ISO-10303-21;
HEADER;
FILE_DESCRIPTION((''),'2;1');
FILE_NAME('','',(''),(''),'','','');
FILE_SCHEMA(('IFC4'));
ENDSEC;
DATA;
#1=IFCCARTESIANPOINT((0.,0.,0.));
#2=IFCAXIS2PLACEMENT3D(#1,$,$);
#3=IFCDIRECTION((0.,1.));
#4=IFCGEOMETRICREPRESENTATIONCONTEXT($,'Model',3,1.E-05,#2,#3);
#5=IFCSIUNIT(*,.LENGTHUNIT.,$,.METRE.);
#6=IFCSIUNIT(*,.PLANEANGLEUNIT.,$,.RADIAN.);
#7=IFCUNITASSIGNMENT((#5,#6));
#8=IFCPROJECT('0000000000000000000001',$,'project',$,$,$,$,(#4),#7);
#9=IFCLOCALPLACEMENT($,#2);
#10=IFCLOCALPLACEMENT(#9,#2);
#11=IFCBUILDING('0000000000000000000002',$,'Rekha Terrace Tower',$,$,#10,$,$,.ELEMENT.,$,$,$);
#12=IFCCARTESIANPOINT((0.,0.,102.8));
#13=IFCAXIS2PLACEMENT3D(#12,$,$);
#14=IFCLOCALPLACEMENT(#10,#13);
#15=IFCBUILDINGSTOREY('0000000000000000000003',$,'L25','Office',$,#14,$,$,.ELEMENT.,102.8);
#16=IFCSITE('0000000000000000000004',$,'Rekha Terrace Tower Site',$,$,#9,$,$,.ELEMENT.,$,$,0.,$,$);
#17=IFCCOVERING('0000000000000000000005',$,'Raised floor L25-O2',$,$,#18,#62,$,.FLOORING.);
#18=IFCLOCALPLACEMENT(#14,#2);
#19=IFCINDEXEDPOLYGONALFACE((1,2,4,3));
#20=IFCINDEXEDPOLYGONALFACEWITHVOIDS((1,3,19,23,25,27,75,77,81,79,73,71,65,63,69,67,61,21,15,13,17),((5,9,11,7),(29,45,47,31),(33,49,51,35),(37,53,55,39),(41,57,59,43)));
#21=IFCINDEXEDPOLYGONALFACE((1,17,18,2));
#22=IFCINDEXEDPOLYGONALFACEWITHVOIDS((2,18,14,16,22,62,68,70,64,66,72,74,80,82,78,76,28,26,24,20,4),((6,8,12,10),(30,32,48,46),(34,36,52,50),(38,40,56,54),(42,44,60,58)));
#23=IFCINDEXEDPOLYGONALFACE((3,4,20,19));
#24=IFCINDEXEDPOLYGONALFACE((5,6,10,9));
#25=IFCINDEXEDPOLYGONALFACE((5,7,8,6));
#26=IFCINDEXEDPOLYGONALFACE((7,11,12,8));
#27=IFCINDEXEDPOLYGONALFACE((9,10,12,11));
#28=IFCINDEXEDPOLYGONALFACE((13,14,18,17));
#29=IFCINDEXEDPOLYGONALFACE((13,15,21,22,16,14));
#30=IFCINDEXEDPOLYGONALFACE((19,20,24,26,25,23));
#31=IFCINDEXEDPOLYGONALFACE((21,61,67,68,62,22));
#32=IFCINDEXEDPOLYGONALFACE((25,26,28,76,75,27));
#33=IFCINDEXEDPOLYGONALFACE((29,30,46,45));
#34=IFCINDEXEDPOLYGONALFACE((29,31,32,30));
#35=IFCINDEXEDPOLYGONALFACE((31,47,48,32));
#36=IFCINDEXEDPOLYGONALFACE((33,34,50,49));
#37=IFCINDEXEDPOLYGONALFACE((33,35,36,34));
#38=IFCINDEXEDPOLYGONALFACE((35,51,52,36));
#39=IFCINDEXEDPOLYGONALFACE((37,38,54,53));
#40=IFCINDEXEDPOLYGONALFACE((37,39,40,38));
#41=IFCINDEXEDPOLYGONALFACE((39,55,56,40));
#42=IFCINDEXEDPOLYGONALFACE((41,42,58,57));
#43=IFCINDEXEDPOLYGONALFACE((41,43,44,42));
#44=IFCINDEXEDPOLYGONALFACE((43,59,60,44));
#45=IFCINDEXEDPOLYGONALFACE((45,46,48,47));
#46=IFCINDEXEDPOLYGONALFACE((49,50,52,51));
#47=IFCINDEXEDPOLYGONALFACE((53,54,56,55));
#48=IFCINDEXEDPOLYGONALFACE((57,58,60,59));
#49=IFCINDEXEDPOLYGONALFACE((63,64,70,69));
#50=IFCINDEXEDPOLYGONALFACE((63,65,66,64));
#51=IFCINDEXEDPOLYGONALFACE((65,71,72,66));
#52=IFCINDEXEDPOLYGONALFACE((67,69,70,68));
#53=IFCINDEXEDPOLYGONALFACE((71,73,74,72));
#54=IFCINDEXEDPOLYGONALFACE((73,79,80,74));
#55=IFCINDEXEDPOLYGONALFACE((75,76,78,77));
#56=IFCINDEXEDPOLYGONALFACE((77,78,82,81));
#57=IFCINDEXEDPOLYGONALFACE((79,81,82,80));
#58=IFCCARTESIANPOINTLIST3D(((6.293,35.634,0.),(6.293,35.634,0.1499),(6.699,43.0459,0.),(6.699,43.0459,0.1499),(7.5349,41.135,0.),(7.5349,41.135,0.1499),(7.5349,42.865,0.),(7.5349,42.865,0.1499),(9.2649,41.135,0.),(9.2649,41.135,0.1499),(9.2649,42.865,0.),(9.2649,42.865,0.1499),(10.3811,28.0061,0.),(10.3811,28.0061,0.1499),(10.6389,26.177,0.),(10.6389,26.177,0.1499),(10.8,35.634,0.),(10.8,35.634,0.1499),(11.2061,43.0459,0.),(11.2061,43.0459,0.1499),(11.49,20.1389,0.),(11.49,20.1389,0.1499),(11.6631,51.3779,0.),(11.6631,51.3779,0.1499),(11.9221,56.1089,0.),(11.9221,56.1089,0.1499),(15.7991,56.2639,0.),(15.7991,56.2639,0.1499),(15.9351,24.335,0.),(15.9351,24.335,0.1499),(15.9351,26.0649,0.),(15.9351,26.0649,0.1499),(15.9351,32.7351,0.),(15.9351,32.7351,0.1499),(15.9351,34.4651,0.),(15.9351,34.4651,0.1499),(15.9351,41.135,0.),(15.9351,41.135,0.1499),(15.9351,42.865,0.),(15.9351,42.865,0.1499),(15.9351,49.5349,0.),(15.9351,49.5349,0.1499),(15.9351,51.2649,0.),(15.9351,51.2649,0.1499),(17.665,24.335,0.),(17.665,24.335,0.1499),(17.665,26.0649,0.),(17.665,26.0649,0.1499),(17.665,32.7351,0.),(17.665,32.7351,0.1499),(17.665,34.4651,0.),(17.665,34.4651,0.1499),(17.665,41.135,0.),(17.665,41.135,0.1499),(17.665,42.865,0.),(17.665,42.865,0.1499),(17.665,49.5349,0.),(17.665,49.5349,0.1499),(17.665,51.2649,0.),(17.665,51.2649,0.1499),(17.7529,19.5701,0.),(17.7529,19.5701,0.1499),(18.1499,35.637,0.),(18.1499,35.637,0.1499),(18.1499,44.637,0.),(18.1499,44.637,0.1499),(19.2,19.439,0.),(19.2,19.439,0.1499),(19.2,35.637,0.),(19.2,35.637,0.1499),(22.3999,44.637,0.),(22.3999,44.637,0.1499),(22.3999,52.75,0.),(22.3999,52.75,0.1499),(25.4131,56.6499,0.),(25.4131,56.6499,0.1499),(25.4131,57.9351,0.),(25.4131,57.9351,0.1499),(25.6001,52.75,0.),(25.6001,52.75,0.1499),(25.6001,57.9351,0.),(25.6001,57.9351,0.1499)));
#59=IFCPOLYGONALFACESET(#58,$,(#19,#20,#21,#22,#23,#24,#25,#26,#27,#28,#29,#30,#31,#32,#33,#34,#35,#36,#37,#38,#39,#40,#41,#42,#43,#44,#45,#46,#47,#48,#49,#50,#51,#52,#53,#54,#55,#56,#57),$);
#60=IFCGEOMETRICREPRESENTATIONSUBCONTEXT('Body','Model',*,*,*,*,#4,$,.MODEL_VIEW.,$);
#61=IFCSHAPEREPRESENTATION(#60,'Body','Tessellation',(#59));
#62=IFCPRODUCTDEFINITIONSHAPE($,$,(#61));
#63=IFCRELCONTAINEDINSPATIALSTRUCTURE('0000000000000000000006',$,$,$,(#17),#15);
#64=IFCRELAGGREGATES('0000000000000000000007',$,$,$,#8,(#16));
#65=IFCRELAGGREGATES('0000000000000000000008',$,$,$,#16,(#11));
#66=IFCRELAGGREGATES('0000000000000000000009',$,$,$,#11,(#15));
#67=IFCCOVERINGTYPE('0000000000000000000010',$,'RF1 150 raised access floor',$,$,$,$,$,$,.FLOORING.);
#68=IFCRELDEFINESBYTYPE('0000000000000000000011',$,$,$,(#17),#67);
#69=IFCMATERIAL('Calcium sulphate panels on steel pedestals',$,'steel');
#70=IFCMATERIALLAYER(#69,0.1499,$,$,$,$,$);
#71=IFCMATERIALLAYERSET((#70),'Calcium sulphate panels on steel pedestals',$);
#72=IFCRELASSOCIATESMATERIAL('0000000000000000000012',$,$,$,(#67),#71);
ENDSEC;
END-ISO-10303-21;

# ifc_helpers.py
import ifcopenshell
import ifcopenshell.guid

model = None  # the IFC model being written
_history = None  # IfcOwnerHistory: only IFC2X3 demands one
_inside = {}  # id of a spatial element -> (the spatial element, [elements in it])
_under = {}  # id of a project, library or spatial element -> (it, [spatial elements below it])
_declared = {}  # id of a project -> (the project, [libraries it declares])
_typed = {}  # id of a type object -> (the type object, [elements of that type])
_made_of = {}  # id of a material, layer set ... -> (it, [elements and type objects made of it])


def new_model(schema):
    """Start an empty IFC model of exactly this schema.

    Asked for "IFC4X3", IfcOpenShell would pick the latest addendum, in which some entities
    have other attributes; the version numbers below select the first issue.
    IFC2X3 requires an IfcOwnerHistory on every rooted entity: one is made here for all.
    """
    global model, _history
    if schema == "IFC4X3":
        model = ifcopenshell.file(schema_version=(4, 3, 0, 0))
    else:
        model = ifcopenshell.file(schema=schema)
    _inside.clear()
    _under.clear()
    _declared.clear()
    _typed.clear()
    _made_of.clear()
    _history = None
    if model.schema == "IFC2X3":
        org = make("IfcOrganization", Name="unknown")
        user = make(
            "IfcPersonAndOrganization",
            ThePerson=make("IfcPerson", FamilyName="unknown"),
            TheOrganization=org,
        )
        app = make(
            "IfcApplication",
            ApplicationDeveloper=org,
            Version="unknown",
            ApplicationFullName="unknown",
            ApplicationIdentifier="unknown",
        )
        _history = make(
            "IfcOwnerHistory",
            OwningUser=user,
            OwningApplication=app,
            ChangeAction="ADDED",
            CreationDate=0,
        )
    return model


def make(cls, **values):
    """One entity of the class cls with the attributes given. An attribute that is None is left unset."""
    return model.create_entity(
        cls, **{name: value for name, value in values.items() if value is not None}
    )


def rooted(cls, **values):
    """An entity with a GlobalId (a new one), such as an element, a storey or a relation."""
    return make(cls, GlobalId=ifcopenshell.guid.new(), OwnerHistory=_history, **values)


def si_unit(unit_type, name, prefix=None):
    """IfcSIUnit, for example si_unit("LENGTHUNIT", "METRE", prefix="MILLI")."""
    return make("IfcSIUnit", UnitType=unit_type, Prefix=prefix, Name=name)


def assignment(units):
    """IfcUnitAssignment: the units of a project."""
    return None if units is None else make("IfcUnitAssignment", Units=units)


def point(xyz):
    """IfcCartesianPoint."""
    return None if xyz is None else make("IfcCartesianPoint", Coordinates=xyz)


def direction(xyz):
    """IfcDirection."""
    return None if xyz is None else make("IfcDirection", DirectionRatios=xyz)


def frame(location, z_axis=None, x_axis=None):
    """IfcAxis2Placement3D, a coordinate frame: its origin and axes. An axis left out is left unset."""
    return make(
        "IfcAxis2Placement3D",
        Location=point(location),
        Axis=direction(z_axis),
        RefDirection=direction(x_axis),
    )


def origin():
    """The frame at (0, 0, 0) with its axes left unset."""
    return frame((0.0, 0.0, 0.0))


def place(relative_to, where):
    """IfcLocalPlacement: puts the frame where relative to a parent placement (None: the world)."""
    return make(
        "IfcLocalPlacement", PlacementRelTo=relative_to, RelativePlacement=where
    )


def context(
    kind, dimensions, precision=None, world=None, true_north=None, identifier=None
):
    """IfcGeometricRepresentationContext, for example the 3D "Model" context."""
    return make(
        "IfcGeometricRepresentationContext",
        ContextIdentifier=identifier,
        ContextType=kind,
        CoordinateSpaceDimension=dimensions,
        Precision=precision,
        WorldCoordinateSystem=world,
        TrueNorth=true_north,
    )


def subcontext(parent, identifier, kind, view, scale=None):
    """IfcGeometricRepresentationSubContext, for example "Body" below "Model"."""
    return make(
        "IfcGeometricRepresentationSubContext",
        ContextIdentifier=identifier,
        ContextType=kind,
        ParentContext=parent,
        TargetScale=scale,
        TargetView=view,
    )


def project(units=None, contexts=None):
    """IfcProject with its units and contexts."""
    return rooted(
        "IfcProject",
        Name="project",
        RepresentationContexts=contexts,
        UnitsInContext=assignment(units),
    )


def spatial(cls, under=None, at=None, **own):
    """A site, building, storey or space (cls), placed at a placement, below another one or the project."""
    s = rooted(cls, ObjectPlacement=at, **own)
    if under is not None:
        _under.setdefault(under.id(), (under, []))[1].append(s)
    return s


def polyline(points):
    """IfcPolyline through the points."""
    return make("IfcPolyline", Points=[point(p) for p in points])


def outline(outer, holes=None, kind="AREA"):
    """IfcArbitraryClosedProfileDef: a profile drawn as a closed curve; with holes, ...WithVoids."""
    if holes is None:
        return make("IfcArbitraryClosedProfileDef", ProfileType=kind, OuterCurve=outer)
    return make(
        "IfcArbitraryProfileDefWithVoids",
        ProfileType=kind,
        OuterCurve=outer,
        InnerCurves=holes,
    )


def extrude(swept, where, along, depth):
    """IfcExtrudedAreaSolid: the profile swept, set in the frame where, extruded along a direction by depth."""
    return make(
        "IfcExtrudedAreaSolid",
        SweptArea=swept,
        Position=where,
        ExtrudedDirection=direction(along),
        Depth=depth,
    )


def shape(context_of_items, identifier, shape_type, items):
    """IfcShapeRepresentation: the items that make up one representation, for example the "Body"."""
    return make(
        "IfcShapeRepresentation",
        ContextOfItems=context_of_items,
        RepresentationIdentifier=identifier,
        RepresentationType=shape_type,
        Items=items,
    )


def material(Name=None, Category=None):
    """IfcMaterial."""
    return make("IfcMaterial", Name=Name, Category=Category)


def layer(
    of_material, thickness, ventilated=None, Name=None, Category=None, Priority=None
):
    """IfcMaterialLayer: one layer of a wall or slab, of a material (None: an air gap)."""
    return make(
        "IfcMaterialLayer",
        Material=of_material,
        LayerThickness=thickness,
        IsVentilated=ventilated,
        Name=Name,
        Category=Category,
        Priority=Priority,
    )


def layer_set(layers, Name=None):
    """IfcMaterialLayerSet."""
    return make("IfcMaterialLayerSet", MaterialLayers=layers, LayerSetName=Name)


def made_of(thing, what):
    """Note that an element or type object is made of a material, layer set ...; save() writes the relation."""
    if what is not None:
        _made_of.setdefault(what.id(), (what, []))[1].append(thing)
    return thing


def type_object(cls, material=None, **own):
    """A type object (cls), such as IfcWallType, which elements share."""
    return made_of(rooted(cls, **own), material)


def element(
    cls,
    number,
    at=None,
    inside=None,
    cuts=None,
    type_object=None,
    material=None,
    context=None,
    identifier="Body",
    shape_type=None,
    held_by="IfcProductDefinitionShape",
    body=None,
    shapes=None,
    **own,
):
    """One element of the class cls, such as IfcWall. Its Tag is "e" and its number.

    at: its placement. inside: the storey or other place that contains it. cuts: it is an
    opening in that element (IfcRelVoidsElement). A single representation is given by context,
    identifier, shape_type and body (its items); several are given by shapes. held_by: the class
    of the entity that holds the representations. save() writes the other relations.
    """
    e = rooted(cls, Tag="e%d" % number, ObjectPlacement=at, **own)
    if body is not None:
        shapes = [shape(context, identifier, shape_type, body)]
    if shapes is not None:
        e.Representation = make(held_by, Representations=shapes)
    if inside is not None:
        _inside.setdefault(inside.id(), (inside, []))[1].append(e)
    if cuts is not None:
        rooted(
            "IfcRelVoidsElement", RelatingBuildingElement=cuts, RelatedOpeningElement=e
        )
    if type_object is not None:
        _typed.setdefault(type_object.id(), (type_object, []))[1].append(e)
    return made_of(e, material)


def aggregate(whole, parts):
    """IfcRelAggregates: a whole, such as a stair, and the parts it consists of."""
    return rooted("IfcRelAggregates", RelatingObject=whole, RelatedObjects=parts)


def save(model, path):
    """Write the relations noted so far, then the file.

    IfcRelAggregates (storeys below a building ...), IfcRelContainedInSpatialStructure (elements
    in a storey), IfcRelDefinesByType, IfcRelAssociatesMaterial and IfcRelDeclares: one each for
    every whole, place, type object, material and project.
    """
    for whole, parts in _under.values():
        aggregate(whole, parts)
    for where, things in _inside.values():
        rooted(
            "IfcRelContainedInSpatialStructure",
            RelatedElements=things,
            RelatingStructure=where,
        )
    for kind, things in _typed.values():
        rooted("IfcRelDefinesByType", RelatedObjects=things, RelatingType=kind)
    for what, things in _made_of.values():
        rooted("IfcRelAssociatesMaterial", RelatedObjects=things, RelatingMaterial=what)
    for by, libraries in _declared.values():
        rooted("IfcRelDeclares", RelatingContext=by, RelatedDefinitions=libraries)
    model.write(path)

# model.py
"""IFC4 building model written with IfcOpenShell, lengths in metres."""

from ifc_helpers import new_model, si_unit, direction, frame, origin, place, context, subcontext, project, spatial, polyline, outline, extrude, material, layer, layer_set, type_object, element, save


model = new_model("IFC4")

# Units and contexts
model_context = context("Model", 3, precision=1e-05, world=origin(), true_north=direction((0.0, 1.0)))
body_context = subcontext(model_context, "Body", "Model", "MODEL_VIEW")
ifc_project = project(units=[si_unit("LENGTHUNIT", "METRE"), si_unit("PLANEANGLEUNIT", "RADIAN")], contexts=[model_context])

# Site, building, storey
site_placement = place(None, origin())
site = spatial("IfcSite", under=ifc_project, at=site_placement, Name="Rekha Terrace Tower Site", CompositionType="ELEMENT", RefElevation=0.0)
building_placement = place(site_placement, origin())
building = spatial("IfcBuilding", under=site, at=building_placement, Name="Rekha Terrace Tower", CompositionType="ELEMENT")
storey_placement = place(building_placement, frame((0.0, 0.0, 102.8)))
storey = spatial("IfcBuildingStorey", under=building, at=storey_placement, Name="L25", Description="Office", CompositionType="ELEMENT", Elevation=102.8)

# Covering
ifc_material_1 = material(Name="Calcium sulphate panels on steel pedestals", Category="steel")
ifc_layer_1 = layer(ifc_material_1, 0.1499)
ifc_layer_set_1 = layer_set([ifc_layer_1], Name="Calcium sulphate panels on steel pedestals")
covering_type_1 = type_object("IfcCoveringType", Name="RF1 150 raised access floor", PredefinedType="FLOORING", material=ifc_layer_set_1)
covering_1_placement = place(storey_placement, origin())
element("IfcCovering", 1, at=covering_1_placement, inside=storey, type_object=covering_type_1, Name="Raised floor L25-O2", PredefinedType="FLOORING", context=body_context, shape_type="SweptSolid", body=[
    extrude(outline(polyline([(10.3811, 28.0061), (10.6389, 26.177), (11.49, 20.1389), (17.7529, 19.5701), (19.2, 19.439), (19.2, 35.637), (18.1499, 35.637), (18.1499, 44.637), (22.3999, 44.637), (22.3999, 52.75), (25.6001, 52.75), (25.6001, 57.9351), (25.4131, 57.9351), (25.4131, 56.6499), (15.7991, 56.2639), (11.9221, 56.1089), (11.6631, 51.3779), (11.2061, 43.0459), (6.699, 43.0459), (6.293, 35.634), (10.8, 35.634), (10.3811, 28.0061)]), holes=[polyline([(17.665, 26.0649), (17.665, 24.335), (15.9351, 24.335), (15.9351, 26.0649), (17.665, 26.0649)]), polyline([(17.665, 34.4651), (17.665, 32.7351), (15.9351, 32.7351), (15.9351, 34.4651), (17.665, 34.4651)]), polyline([(17.665, 41.135), (15.9351, 41.135), (15.9351, 42.865), (17.665, 42.865), (17.665, 41.135)]), polyline([(17.665, 49.5349), (15.9351, 49.5349), (15.9351, 51.2649), (17.665, 51.2649), (17.665, 49.5349)]), polyline([(9.2649, 41.135), (7.5349, 41.135), (7.5349, 42.865), (9.2649, 42.865), (9.2649, 41.135)])]), origin(), (0.0, 0.0, 1.0), 0.1499),
])

save(model, "model.ifc")
